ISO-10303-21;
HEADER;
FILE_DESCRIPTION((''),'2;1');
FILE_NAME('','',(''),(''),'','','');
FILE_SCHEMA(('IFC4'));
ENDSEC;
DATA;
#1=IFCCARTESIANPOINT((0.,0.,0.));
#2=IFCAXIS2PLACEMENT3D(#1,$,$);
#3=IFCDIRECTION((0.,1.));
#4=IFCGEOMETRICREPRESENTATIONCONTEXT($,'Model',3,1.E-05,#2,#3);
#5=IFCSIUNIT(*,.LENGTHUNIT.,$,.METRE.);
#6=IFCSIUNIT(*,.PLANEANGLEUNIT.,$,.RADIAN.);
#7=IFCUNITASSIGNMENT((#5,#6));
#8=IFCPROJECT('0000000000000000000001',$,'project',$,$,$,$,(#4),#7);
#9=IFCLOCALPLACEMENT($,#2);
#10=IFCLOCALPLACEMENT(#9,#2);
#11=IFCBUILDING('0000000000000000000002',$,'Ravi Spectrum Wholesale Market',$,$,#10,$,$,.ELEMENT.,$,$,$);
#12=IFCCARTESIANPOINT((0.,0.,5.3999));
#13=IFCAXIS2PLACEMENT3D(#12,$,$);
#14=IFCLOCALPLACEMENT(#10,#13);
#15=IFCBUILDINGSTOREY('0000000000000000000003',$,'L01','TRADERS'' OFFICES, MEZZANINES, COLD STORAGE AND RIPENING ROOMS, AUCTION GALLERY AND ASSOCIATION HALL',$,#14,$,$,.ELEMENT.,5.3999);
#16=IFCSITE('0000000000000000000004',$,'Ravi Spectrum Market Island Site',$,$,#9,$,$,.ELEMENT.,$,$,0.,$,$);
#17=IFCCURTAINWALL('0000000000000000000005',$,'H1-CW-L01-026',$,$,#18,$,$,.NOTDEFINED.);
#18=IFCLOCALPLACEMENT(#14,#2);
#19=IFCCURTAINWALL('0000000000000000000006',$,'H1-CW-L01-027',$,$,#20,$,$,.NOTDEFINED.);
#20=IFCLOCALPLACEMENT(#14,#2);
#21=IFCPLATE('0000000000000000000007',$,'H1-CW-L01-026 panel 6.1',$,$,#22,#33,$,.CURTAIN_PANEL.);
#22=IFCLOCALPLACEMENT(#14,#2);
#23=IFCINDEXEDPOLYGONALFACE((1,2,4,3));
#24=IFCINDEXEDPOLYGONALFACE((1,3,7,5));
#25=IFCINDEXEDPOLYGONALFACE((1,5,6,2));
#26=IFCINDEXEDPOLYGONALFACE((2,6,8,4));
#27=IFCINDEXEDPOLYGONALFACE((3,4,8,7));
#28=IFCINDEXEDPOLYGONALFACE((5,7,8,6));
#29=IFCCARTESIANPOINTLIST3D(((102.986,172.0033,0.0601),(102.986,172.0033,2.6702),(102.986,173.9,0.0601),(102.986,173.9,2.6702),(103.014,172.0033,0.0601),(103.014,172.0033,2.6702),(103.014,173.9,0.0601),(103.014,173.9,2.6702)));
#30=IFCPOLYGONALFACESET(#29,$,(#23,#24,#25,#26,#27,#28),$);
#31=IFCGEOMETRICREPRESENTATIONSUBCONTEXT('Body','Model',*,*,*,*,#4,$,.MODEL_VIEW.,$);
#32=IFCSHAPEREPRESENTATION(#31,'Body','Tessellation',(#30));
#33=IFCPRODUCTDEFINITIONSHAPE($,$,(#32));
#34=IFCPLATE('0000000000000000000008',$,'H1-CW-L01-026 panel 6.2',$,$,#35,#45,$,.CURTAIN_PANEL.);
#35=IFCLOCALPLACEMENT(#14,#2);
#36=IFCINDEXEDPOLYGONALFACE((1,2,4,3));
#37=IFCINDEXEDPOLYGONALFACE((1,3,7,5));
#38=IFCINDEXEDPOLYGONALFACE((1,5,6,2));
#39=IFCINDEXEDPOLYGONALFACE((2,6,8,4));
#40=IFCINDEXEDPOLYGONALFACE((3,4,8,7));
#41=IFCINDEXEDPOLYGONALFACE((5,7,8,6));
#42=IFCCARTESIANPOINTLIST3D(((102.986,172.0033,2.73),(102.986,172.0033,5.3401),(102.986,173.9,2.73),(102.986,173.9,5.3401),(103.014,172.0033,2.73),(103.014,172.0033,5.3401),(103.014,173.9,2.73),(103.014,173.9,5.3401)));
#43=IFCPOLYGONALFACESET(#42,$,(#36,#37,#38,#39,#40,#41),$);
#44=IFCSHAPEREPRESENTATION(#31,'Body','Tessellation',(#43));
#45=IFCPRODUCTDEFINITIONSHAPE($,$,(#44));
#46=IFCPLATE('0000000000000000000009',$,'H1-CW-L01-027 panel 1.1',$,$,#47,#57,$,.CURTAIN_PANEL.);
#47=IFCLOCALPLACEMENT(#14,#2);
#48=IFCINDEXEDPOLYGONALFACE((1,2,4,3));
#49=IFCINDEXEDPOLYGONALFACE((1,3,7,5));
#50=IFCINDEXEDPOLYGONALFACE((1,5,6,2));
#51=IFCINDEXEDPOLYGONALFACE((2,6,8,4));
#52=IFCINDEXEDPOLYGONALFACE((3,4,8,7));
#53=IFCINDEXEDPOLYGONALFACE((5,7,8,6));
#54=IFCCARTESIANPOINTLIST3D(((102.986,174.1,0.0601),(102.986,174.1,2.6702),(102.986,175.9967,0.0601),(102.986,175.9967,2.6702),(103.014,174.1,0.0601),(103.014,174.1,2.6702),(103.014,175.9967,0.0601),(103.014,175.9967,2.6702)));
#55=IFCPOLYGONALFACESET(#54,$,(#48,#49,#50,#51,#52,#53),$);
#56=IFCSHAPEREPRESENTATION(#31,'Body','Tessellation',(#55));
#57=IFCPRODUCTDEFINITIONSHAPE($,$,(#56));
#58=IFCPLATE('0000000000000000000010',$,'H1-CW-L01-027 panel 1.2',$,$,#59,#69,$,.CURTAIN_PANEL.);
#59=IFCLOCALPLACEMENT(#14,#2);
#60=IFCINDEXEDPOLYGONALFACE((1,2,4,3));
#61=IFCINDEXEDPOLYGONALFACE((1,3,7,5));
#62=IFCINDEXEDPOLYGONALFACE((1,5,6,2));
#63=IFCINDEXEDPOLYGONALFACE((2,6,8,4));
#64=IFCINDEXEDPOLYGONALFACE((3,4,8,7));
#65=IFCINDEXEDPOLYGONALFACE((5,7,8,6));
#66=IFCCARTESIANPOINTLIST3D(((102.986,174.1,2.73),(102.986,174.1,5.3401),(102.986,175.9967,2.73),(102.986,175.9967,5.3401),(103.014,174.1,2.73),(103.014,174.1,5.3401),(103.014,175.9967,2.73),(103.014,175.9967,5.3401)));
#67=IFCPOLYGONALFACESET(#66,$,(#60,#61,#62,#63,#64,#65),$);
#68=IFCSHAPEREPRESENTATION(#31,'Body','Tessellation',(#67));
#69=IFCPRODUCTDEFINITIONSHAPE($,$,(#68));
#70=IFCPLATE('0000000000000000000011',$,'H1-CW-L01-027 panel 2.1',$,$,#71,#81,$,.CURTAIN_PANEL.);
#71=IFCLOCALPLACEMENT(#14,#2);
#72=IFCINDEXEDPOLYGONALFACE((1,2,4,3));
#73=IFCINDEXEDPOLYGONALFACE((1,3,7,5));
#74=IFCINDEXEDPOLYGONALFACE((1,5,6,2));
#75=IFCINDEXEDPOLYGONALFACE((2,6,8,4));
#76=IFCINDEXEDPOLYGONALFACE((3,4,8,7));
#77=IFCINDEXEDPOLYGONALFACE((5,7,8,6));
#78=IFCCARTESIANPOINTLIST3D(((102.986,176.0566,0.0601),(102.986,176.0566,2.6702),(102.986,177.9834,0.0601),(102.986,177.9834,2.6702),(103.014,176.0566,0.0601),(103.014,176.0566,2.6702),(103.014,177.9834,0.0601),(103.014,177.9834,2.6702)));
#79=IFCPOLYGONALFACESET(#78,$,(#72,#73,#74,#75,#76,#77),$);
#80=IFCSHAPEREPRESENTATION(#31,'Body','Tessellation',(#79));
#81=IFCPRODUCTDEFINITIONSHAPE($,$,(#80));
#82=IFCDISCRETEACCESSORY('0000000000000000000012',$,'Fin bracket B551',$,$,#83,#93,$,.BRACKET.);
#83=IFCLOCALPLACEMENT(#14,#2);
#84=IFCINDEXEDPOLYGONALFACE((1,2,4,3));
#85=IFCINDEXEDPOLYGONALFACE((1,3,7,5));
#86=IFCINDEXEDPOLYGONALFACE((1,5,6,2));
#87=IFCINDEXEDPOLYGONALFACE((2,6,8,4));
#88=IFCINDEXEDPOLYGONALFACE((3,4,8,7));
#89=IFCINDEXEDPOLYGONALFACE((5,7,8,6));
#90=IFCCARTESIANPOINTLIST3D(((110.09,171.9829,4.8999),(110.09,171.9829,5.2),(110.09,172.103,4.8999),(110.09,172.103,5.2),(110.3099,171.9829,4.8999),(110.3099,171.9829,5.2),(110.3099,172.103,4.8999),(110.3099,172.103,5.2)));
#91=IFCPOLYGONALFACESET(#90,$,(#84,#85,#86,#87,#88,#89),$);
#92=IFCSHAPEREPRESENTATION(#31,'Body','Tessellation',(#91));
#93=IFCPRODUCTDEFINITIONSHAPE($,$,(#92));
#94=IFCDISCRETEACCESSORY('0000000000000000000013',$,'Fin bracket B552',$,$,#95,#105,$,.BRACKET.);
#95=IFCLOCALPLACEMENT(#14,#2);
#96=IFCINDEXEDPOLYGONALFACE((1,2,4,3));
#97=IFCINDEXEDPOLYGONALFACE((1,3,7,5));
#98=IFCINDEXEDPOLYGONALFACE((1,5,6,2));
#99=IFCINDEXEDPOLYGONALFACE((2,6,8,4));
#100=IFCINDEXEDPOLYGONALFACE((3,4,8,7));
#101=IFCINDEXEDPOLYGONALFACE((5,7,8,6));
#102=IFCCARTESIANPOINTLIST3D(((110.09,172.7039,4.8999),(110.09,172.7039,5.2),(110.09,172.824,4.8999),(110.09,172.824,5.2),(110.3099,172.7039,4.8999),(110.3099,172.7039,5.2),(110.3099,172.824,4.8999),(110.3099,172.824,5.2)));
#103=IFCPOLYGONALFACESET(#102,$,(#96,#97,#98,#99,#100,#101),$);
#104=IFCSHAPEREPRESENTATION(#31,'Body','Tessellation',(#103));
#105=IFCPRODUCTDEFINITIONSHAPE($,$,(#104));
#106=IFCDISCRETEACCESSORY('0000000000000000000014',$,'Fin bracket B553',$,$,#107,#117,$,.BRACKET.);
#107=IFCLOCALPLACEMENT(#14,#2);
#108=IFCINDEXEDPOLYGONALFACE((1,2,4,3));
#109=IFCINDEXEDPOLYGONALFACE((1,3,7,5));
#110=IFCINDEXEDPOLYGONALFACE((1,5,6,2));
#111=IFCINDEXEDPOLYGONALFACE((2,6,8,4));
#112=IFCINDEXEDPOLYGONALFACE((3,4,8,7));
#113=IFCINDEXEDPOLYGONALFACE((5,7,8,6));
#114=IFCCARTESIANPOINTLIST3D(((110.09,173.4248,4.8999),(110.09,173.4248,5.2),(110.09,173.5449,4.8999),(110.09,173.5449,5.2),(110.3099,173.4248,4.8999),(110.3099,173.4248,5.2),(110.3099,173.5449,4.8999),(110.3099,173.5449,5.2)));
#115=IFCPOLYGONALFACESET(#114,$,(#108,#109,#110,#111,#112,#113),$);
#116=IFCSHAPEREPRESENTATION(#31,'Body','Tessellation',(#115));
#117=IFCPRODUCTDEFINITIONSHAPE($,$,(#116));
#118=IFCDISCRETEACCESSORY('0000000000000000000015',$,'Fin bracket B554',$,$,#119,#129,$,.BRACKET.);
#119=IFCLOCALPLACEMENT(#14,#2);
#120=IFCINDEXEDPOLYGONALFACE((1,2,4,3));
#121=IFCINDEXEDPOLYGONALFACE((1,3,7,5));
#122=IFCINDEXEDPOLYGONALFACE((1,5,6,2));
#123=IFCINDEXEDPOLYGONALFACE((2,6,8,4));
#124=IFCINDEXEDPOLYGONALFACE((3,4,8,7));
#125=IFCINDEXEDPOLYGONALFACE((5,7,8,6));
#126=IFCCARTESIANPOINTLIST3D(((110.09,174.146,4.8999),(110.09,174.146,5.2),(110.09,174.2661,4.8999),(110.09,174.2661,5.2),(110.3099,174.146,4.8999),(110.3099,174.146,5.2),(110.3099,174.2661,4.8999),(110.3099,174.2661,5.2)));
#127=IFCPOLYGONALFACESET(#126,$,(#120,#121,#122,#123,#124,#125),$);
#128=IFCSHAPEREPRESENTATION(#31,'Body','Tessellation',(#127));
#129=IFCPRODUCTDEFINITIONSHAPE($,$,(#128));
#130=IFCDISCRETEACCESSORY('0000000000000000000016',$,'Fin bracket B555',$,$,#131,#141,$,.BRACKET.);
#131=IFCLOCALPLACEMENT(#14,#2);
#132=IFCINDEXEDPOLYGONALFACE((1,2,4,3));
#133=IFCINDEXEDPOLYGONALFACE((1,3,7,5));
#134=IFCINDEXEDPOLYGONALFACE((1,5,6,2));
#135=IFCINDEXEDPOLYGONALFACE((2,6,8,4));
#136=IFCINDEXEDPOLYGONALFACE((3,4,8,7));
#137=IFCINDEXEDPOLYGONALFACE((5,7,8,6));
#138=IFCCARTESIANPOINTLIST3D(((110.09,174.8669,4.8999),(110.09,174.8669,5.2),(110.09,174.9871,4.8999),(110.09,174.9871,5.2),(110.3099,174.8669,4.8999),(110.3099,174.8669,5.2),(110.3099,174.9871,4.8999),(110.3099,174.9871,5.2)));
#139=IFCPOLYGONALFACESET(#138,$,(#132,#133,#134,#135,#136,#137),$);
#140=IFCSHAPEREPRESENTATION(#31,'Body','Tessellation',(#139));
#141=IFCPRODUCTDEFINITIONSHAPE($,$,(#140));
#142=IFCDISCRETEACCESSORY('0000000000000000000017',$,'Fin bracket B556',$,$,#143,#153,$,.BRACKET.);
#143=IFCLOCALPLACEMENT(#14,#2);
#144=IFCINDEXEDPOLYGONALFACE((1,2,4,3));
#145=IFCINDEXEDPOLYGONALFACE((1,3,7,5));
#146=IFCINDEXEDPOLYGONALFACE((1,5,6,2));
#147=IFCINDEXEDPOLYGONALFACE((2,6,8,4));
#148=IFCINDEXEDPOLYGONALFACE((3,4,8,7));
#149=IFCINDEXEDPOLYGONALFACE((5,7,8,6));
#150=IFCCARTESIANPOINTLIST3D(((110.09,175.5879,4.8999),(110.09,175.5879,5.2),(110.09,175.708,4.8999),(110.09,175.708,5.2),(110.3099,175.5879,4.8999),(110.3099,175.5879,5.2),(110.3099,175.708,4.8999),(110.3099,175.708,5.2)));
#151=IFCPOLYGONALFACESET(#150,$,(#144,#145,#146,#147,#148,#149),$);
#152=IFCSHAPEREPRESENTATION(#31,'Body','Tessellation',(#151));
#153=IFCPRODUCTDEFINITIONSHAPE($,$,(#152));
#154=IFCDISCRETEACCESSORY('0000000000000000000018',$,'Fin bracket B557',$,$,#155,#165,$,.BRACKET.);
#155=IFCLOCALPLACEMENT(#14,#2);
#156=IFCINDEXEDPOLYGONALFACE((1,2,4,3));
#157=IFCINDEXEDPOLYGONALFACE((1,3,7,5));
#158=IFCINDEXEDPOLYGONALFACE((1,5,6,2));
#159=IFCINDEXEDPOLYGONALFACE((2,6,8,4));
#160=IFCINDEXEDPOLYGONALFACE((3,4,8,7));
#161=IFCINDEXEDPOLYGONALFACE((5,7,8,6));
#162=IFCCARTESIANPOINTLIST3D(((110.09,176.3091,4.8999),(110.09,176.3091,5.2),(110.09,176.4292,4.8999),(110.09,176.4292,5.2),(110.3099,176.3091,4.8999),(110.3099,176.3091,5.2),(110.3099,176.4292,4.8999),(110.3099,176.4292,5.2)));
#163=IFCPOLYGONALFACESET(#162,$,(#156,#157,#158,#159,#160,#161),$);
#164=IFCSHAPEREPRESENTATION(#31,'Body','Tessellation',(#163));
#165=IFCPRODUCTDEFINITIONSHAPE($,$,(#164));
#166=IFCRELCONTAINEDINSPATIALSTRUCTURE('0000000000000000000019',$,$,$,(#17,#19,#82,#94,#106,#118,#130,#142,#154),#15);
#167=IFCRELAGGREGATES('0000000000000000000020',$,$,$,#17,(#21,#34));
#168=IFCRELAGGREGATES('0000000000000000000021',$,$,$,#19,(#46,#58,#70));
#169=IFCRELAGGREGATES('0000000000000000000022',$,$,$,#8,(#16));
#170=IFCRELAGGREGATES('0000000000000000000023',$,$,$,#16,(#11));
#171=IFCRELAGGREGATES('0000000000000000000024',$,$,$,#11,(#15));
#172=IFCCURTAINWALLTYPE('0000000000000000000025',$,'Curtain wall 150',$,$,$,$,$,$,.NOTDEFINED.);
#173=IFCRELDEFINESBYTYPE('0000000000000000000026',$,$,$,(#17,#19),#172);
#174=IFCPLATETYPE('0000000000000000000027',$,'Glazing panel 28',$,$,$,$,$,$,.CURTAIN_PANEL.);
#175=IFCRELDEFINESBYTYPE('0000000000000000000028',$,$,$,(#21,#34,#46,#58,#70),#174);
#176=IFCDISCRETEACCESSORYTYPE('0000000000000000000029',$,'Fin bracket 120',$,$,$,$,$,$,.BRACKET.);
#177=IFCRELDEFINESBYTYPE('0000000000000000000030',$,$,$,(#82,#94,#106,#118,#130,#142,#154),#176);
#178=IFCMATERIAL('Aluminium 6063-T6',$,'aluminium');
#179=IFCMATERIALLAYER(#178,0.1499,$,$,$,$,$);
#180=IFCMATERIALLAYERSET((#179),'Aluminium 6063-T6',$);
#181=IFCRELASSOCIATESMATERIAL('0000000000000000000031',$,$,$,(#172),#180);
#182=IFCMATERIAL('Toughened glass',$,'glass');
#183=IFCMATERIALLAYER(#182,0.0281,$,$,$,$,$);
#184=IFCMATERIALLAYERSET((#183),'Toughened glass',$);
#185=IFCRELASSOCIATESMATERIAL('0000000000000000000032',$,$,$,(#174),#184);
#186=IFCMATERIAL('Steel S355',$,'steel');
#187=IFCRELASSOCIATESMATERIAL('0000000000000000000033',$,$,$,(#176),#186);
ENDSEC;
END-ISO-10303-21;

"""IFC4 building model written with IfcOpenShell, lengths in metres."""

from ifc_helpers import new_model, si_unit, direction, frame, origin, origin_2d, place, context, subcontext, project, spatial, rectangle, extrude, material, layer, layer_set, type_object, element, aggregate, save


model = new_model("IFC4")

# Units and contexts
model_context = context("Model", 3, precision=1e-05, world=origin(), true_north=direction((0.0, 1.0)))
body_context = subcontext(model_context, "Body", "Model", "MODEL_VIEW")
ifc_project = project(units=[si_unit("LENGTHUNIT", "METRE"), si_unit("PLANEANGLEUNIT", "RADIAN")], contexts=[model_context])

# Site, building, storey
site_placement = place(None, origin())
site = spatial("IfcSite", under=ifc_project, at=site_placement, Name="Ravi Spectrum Market Island Site", CompositionType="ELEMENT", RefElevation=0.0)
building_placement = place(site_placement, origin())
building = spatial("IfcBuilding", under=site, at=building_placement, Name="Ravi Spectrum Wholesale Market", CompositionType="ELEMENT")
storey_placement = place(building_placement, frame((0.0, 0.0, 5.3999)))
storey = spatial("IfcBuildingStorey", under=building, at=storey_placement, Name="L01", Description="TRADERS' OFFICES, MEZZANINES, COLD STORAGE AND RIPENING ROOMS, AUCTION GALLERY AND ASSOCIATION HALL", CompositionType="ELEMENT", Elevation=5.3999)

# Curtain wall
ifc_material_1 = material(Name="Aluminium 6063-T6", Category="aluminium")
ifc_layer_1 = layer(ifc_material_1, 0.1499)
ifc_layer_set_1 = layer_set([ifc_layer_1], Name="Aluminium 6063-T6")
curtain_wall_type = type_object("IfcCurtainWallType", Name="Curtain wall 150", PredefinedType="NOTDEFINED", material=ifc_layer_set_1)
curtain_wall_1_placement = place(storey_placement, origin())
curtain_wall_1 = element("IfcCurtainWall", 1, at=curtain_wall_1_placement, inside=storey, type_object=curtain_wall_type, Name="H1-CW-L01-026", PredefinedType="NOTDEFINED")

# Curtain wall
curtain_wall_2_placement = place(storey_placement, origin())
curtain_wall_2 = element("IfcCurtainWall", 2, at=curtain_wall_2_placement, inside=storey, type_object=curtain_wall_type, Name="H1-CW-L01-027", PredefinedType="NOTDEFINED")

# Plates
ifc_material_2 = material(Name="Toughened glass", Category="glass")
ifc_layer_2 = layer(ifc_material_2, 0.0281)
ifc_layer_set_2 = layer_set([ifc_layer_2], Name="Toughened glass")
plate_type = type_object("IfcPlateType", Name="Glazing panel 28", PredefinedType="CURTAIN_PANEL", material=ifc_layer_set_2)
plate_1_placement = place(storey_placement, frame((103.0, 172.9517, 0.0601), z_axis=(0.0, 0.0, 1.0), x_axis=(0.0, 1.0, 0.0)))
plate_1 = element("IfcPlate", 3, at=plate_1_placement, type_object=plate_type, Name="H1-CW-L01-026 panel 6.1", PredefinedType="CURTAIN_PANEL", context=body_context, shape_type="SweptSolid", body=[
    extrude(rectangle(XDim=1.8967, YDim=0.0281, at=origin_2d()), origin(), (0.0, 0.0, 1.0), 2.6101),
])
plate_2_placement = place(storey_placement, frame((103.0, 172.9517, 2.73), z_axis=(0.0, 0.0, 1.0), x_axis=(0.0, 1.0, 0.0)))
plate_2 = element("IfcPlate", 4, at=plate_2_placement, type_object=plate_type, Name="H1-CW-L01-026 panel 6.2", PredefinedType="CURTAIN_PANEL", context=body_context, shape_type="SweptSolid", body=[
    extrude(rectangle(XDim=1.8967, YDim=0.0281, at=origin_2d()), origin(), (0.0, 0.0, 1.0), 2.6101),
])
aggregate(curtain_wall_1, [plate_1, plate_2])
plate_3_placement = place(storey_placement, frame((103.0, 175.0483, 0.0601), z_axis=(0.0, 0.0, 1.0), x_axis=(0.0, 1.0, 0.0)))
plate_3 = element("IfcPlate", 5, at=plate_3_placement, type_object=plate_type, Name="H1-CW-L01-027 panel 1.1", PredefinedType="CURTAIN_PANEL", context=body_context, shape_type="SweptSolid", body=[
    extrude(rectangle(XDim=1.8967, YDim=0.0281, at=origin_2d()), origin(), (0.0, 0.0, 1.0), 2.6101),
])
plate_4_placement = place(storey_placement, frame((103.0, 175.0483, 2.73), z_axis=(0.0, 0.0, 1.0), x_axis=(0.0, 1.0, 0.0)))
plate_4 = element("IfcPlate", 6, at=plate_4_placement, type_object=plate_type, Name="H1-CW-L01-027 panel 1.2", PredefinedType="CURTAIN_PANEL", context=body_context, shape_type="SweptSolid", body=[
    extrude(rectangle(XDim=1.8967, YDim=0.0281, at=origin_2d()), origin(), (0.0, 0.0, 1.0), 2.6101),
])
plate_5_placement = place(storey_placement, frame((103.0, 177.02, 0.0601), z_axis=(0.0, 0.0, 1.0), x_axis=(0.0, 1.0, 0.0)))
plate_5 = element("IfcPlate", 7, at=plate_5_placement, type_object=plate_type, Name="H1-CW-L01-027 panel 2.1", PredefinedType="CURTAIN_PANEL", context=body_context, shape_type="SweptSolid", body=[
    extrude(rectangle(XDim=1.9268, YDim=0.0281, at=origin_2d()), origin(), (0.0, 0.0, 1.0), 2.6101),
])
aggregate(curtain_wall_2, [plate_3, plate_4, plate_5])

# Discrete accessories
ifc_material_3 = material(Name="Steel S355", Category="steel")
discrete_accessory_type = type_object("IfcDiscreteAccessoryType", Name="Fin bracket 120", PredefinedType="BRACKET", material=ifc_material_3)
for number, where, z_axis, x_axis, name in (
    (8, (110.2, 172.043, 4.8999), (0.0, 0.0, 1.0), (0.0, 1.0, 0.0), "Fin bracket B551"),
    (9, (110.2, 172.7639, 4.8999), (0.0, 0.0, 1.0), (0.0, 1.0, 0.0), "Fin bracket B552"),
    (10, (110.2, 173.4849, 4.8999), (0.0, 0.0, 1.0), (0.0, 1.0, 0.0), "Fin bracket B553"),
    (11, (110.2, 174.2061, 4.8999), (0.0, 0.0, 1.0), (0.0, 1.0, 0.0), "Fin bracket B554"),
    (12, (110.2, 174.927, 4.8999), (0.0, 0.0, 1.0), (0.0, 1.0, 0.0), "Fin bracket B555"),
    (13, (110.2, 175.6479, 4.8999), (0.0, 0.0, 1.0), (0.0, 1.0, 0.0), "Fin bracket B556"),
    (14, (110.2, 176.3691, 4.8999), (0.0, 0.0, 1.0), (0.0, 1.0, 0.0), "Fin bracket B557"),
):
    element("IfcDiscreteAccessory", number, at=place(storey_placement, frame(where, z_axis=z_axis, x_axis=x_axis)), inside=storey, type_object=discrete_accessory_type, Name=name, PredefinedType="BRACKET", context=body_context, shape_type="SweptSolid", body=[
        extrude(rectangle(XDim=0.1201, YDim=0.22, at=origin_2d()), origin(), (0.0, 0.0, 1.0), 0.3),
    ])

save(model, "model.ifc")
